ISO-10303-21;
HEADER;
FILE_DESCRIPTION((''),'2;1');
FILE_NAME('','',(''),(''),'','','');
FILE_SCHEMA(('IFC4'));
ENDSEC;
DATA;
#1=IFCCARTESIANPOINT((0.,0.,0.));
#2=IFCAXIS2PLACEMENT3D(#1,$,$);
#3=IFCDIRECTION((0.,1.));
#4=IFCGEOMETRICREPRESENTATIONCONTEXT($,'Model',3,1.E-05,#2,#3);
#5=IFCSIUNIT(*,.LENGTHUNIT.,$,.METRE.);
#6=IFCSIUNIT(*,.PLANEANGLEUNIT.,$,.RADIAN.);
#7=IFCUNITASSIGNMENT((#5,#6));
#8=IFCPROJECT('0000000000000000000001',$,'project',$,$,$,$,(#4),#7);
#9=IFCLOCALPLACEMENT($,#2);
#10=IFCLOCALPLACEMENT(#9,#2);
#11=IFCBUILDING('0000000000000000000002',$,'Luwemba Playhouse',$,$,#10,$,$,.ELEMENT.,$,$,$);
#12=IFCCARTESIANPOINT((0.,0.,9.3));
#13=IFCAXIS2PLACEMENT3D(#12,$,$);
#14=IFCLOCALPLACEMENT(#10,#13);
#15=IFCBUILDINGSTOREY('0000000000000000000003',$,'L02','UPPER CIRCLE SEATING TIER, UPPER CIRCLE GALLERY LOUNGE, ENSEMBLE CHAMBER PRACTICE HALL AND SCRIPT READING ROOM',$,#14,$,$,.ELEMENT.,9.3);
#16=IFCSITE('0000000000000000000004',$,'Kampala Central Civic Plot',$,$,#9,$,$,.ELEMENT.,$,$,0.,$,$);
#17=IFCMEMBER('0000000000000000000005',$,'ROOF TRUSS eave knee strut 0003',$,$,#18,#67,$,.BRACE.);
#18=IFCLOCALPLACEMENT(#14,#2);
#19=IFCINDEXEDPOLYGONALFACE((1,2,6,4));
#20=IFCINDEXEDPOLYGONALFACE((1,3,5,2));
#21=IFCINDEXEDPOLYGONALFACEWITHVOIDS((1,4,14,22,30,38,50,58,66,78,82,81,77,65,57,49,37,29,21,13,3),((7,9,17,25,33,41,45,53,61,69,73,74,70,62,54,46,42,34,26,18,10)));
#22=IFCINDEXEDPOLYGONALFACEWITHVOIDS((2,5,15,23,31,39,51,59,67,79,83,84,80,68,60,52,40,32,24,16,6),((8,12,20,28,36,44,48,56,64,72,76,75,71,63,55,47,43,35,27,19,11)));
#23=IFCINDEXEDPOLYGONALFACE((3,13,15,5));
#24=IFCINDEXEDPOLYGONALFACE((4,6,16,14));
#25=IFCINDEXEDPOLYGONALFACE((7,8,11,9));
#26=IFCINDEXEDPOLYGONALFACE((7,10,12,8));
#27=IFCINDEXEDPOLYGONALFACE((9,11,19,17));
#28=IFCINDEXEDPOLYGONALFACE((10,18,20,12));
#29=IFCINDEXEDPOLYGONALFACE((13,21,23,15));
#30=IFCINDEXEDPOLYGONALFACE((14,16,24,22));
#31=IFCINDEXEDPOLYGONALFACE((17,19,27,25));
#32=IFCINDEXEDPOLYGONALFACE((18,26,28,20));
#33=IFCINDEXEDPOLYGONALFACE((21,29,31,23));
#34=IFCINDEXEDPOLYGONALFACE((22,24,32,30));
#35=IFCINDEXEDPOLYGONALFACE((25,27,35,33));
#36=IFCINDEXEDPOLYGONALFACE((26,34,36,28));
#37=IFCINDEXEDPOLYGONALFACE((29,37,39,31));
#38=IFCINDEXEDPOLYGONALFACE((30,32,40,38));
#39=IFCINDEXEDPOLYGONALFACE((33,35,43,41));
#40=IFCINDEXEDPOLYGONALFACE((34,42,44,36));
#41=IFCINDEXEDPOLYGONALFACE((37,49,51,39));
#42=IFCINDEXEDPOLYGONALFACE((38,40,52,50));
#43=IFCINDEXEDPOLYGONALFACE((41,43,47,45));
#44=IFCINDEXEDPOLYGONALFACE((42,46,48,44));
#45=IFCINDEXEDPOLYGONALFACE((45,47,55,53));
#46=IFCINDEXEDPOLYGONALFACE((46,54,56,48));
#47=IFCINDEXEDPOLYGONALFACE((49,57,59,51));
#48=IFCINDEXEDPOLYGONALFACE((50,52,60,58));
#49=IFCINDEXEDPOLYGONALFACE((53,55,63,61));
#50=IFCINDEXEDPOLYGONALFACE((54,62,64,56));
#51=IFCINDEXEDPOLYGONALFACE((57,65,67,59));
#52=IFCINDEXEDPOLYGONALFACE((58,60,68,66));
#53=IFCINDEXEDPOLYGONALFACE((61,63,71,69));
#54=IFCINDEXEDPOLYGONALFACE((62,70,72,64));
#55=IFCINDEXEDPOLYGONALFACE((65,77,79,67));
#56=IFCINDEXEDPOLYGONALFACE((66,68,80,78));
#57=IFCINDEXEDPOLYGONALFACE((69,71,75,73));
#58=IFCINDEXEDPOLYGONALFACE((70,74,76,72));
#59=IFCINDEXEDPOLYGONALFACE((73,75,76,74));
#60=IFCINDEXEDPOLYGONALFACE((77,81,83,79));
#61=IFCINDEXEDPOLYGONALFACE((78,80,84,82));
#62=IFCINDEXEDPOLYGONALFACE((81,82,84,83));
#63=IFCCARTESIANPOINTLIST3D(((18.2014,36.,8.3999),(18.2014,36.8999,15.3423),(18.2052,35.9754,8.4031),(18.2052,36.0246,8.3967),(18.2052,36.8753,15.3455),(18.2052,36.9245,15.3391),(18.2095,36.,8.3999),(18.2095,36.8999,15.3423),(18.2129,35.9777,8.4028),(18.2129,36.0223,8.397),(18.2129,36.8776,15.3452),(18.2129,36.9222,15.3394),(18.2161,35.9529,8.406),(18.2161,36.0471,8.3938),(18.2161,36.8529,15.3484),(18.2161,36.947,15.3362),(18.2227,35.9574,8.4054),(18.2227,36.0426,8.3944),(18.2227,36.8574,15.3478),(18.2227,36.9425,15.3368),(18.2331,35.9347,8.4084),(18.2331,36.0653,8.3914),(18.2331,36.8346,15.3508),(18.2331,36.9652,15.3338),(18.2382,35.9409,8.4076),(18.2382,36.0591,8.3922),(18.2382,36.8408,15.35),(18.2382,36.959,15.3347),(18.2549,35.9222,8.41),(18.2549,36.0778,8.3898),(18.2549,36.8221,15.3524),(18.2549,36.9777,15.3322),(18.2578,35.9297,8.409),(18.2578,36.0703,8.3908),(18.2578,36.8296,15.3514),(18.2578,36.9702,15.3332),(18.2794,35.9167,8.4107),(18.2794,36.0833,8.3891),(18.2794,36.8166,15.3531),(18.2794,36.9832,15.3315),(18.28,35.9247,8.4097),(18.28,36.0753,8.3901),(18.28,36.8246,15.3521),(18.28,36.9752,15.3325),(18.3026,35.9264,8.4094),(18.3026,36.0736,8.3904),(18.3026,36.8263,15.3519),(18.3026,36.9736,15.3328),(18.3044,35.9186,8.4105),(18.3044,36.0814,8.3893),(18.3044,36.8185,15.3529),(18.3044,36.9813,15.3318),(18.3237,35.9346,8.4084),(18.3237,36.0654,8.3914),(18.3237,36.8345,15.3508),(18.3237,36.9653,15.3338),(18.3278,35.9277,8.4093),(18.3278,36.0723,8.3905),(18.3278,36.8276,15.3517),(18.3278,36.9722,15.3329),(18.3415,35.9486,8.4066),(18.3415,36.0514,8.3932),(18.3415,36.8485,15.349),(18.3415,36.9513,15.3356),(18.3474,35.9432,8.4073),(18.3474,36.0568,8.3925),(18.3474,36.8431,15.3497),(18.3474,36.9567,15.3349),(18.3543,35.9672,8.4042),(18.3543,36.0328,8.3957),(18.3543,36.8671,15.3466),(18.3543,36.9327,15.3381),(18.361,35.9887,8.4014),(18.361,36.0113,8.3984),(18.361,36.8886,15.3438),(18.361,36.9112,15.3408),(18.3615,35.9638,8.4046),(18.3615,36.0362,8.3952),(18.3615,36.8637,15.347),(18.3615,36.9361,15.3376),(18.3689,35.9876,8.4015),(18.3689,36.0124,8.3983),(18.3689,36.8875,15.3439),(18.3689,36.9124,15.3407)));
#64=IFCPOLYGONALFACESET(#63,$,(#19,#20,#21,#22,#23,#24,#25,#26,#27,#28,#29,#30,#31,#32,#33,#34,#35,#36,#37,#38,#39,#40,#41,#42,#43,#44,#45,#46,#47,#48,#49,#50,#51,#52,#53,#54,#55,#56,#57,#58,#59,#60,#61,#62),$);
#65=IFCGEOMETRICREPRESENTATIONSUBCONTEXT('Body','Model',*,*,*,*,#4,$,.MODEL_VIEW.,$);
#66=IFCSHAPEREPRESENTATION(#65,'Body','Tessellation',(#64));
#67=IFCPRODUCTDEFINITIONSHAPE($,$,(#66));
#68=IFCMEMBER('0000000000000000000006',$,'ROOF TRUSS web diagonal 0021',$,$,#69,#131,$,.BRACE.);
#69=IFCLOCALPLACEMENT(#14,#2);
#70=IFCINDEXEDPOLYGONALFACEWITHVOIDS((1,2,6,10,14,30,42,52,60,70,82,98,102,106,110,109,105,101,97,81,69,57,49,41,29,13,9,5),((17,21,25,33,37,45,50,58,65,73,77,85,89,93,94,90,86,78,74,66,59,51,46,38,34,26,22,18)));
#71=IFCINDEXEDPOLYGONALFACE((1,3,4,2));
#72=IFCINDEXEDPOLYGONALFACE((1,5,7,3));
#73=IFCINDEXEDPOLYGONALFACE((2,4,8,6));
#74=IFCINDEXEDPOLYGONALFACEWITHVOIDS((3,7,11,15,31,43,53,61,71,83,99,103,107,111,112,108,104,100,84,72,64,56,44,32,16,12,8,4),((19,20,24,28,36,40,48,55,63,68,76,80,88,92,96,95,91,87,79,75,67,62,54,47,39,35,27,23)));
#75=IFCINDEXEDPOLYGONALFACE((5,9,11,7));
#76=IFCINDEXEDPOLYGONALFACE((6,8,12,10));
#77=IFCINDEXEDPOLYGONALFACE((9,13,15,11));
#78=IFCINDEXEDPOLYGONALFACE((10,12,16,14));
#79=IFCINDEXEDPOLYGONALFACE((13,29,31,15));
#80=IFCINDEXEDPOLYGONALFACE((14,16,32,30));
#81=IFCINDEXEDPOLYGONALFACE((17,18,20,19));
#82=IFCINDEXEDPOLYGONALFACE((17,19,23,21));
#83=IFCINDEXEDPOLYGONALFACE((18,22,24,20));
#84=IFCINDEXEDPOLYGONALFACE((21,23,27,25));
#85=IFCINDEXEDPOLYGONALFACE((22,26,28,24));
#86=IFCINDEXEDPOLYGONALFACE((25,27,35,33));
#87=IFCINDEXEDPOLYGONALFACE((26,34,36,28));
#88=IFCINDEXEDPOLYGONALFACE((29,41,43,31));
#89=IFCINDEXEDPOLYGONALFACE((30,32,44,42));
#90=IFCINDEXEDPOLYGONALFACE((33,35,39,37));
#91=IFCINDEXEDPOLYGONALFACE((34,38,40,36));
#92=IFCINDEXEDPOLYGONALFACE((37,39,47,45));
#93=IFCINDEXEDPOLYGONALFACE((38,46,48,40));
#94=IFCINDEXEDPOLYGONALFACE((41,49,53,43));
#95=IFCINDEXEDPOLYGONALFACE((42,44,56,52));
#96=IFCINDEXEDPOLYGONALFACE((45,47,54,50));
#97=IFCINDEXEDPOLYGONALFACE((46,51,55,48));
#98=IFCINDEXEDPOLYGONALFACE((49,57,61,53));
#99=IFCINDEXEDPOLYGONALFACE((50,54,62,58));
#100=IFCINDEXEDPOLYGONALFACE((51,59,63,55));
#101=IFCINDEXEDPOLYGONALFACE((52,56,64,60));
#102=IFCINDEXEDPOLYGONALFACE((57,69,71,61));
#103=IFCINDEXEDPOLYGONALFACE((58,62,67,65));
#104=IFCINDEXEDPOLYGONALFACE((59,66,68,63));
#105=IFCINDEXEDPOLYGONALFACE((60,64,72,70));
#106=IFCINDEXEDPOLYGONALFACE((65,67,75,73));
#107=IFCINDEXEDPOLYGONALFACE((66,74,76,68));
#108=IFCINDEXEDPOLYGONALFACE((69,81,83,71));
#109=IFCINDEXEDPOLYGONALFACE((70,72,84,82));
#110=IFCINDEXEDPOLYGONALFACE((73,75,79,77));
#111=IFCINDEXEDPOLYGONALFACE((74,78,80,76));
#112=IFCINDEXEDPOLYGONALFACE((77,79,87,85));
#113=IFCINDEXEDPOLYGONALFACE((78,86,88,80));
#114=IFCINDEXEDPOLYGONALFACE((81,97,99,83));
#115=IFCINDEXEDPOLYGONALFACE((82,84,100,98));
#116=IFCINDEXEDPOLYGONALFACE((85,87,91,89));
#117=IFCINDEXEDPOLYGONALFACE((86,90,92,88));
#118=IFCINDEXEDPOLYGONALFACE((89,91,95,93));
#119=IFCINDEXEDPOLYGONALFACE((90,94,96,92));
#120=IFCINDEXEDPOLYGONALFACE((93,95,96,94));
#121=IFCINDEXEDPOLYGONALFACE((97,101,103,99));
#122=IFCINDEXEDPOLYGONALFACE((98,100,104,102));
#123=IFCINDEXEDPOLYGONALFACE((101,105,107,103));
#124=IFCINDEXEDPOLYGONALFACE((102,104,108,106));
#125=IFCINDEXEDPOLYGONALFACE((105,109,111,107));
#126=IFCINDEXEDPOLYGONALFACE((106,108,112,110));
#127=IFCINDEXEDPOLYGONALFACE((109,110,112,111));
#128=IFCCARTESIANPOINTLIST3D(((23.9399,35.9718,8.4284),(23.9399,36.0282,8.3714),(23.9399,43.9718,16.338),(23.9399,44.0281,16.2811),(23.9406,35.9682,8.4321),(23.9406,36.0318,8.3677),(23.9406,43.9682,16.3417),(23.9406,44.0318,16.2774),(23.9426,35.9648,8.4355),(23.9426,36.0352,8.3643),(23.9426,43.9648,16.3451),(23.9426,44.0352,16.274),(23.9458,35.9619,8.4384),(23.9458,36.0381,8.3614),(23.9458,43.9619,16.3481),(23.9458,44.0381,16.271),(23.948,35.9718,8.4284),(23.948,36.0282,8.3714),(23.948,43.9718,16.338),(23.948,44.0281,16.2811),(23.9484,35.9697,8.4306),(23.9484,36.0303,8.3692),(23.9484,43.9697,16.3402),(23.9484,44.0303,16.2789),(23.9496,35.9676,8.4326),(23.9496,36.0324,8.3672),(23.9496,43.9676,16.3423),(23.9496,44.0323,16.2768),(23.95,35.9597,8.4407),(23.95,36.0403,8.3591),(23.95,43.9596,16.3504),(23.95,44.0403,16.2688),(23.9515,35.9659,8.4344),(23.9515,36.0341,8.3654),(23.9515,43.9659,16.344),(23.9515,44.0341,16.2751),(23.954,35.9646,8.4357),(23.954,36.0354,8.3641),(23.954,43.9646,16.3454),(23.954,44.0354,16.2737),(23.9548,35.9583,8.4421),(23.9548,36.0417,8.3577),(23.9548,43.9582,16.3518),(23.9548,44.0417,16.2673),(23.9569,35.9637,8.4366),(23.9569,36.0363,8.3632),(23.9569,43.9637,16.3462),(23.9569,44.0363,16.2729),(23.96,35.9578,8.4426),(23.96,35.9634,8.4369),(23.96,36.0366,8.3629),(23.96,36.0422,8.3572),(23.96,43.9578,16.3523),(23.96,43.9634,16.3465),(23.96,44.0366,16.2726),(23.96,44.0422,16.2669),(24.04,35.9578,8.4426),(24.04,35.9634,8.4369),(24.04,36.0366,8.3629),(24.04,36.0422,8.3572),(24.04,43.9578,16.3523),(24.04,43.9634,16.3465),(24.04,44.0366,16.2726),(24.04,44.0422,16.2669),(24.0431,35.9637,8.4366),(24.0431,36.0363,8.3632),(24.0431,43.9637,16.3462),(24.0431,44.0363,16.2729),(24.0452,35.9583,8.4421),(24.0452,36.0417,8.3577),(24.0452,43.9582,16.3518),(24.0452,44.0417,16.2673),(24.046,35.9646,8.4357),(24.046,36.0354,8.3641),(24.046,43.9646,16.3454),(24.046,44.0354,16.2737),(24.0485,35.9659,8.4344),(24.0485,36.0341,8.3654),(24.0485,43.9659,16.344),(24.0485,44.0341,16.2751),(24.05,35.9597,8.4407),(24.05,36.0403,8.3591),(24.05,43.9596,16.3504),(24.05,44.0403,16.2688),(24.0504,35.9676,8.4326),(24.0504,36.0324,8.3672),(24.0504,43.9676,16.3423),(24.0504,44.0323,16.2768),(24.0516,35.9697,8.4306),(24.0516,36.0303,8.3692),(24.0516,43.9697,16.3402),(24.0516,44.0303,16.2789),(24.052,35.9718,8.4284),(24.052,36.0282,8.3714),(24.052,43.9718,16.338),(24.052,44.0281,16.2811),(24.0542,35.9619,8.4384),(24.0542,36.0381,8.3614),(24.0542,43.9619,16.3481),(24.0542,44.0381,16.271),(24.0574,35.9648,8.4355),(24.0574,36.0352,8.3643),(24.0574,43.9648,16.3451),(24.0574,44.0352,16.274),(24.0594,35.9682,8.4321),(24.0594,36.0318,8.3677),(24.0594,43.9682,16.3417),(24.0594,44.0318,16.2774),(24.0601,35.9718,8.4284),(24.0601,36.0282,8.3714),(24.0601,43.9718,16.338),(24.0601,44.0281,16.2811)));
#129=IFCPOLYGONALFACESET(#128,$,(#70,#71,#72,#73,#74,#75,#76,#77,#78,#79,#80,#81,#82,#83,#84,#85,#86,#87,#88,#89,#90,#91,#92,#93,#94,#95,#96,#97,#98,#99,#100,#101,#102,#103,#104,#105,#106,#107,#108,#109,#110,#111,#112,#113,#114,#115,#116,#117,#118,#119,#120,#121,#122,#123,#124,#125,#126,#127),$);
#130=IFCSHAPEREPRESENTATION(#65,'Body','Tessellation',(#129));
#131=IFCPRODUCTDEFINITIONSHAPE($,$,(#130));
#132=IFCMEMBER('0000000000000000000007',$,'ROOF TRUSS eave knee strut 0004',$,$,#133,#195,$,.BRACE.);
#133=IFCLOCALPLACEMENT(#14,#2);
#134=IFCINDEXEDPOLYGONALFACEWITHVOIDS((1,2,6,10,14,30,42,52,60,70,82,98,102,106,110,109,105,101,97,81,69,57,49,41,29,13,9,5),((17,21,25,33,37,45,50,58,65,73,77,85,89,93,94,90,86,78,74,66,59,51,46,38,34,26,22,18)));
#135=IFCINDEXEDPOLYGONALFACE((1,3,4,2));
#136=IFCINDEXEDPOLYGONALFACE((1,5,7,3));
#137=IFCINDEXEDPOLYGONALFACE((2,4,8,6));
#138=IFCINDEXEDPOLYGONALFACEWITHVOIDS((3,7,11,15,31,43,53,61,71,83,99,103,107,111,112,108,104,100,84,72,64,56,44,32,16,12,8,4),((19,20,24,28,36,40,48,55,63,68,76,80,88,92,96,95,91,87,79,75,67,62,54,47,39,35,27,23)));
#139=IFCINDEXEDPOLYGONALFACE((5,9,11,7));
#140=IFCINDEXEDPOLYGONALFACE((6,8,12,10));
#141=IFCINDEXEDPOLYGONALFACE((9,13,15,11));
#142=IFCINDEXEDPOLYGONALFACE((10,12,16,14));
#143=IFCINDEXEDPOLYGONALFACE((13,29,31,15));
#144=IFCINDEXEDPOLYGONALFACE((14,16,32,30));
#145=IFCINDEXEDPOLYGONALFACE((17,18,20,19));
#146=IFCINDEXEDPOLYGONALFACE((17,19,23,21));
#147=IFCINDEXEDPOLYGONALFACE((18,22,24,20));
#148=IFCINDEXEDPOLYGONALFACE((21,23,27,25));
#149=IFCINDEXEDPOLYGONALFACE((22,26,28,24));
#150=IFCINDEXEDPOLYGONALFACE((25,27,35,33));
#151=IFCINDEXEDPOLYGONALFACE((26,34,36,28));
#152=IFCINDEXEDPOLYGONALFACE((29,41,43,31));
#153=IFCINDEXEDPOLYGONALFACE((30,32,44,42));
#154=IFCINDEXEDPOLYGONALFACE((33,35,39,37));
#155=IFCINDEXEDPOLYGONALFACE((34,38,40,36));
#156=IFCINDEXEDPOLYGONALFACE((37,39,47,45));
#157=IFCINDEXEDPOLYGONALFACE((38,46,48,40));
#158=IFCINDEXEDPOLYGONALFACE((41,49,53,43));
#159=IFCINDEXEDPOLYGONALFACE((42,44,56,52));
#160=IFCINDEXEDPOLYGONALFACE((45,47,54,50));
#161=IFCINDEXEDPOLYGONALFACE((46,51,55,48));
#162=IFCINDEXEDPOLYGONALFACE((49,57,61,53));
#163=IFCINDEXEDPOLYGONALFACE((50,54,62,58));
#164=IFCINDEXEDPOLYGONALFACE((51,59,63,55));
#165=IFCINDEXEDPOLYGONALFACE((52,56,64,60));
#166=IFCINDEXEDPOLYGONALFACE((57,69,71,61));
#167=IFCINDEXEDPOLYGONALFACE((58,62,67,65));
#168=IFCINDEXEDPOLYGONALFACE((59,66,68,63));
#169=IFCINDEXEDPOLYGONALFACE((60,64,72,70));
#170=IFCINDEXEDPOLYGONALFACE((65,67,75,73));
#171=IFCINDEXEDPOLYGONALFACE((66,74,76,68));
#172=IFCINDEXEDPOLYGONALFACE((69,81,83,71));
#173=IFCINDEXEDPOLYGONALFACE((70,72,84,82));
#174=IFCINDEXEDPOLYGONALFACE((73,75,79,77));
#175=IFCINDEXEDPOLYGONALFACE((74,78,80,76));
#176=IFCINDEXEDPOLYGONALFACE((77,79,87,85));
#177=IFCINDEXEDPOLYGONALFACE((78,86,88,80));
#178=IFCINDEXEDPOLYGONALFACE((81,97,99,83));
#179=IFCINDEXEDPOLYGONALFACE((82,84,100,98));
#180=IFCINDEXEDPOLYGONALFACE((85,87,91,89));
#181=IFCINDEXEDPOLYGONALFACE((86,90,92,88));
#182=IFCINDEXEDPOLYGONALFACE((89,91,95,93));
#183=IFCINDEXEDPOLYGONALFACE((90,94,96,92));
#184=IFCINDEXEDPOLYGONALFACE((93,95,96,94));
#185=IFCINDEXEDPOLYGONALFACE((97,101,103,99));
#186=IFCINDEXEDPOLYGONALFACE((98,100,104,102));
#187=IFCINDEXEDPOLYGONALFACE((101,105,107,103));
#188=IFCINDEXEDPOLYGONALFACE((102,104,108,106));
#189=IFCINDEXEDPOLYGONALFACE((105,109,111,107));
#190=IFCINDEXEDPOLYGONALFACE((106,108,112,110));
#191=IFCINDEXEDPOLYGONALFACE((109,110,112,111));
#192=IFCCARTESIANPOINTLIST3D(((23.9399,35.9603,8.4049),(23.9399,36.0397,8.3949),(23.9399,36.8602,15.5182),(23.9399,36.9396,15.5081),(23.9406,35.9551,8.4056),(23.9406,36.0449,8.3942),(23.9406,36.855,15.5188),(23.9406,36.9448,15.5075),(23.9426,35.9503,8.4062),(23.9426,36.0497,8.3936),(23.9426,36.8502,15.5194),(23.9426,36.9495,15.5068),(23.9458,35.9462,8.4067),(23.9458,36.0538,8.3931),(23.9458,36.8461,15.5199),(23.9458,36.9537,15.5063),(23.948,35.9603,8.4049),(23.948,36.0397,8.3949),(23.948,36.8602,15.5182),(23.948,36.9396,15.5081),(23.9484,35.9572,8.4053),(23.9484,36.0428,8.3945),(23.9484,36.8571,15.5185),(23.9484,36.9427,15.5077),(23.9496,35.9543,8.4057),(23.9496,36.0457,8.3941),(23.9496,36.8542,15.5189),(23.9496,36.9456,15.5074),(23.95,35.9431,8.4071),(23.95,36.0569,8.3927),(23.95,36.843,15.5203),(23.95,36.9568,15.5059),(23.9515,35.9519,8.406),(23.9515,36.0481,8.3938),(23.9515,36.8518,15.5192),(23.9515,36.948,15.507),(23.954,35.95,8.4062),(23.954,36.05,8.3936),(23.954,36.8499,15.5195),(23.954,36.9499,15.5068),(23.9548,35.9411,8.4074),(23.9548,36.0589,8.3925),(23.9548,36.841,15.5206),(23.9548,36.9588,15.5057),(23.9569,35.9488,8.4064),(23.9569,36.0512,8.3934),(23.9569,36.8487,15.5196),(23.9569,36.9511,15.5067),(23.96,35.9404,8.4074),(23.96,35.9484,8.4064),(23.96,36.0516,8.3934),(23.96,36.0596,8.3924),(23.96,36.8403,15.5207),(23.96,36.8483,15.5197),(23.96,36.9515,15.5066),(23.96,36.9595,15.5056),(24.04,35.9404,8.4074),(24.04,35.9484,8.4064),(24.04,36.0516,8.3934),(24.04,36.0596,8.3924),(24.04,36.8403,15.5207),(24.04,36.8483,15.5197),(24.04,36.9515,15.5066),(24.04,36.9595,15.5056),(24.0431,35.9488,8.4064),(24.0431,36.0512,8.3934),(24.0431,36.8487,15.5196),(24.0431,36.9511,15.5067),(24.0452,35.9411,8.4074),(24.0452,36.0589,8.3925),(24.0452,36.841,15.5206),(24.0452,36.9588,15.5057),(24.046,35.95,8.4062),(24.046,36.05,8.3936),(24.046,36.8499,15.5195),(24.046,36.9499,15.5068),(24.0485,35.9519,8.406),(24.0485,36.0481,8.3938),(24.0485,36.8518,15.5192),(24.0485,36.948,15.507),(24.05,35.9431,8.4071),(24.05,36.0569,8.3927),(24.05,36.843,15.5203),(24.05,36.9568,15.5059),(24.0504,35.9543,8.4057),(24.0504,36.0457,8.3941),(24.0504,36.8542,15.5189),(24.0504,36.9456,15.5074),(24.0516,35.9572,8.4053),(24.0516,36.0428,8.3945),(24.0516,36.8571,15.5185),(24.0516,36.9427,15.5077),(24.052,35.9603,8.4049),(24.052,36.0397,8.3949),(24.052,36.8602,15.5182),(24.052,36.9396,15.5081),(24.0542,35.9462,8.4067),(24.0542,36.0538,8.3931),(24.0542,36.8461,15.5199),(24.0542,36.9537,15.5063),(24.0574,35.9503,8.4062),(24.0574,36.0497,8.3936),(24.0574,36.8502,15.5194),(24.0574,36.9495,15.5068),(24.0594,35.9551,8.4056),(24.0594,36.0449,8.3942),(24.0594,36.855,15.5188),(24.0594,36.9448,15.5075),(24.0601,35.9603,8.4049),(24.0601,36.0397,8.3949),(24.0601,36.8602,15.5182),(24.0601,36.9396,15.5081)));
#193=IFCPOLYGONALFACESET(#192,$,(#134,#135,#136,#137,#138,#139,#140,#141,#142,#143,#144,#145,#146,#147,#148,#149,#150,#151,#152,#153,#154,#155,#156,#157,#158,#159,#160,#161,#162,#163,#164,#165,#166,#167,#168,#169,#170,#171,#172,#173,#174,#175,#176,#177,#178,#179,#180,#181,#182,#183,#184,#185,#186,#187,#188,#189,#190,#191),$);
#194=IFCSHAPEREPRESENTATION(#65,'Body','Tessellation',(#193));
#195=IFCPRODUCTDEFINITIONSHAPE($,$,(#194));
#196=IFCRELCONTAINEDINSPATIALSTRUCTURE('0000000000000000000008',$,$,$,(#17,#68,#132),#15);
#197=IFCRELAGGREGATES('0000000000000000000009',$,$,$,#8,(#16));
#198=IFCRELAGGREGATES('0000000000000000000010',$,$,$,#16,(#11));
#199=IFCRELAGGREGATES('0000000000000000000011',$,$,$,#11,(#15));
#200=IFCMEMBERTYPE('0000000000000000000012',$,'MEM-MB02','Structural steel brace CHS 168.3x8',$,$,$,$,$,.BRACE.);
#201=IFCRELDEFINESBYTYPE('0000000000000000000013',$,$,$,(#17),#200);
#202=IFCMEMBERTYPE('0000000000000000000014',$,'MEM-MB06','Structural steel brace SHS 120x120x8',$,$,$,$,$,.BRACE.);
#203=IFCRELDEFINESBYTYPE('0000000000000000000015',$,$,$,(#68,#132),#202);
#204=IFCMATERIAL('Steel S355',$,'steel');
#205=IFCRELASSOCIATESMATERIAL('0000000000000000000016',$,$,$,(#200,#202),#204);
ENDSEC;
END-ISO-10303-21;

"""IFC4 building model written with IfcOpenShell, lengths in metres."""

from ifc_helpers import new_model, si_unit, direction, frame, origin, origin_2d, place, context, subcontext, project, spatial, hollow_rectangle, hollow_circle, extrude, material, material_profile, profile_set, type_object, element, save


model = new_model("IFC4")

# Units and contexts
model_context = context("Model", 3, precision=1e-05, world=origin(), true_north=direction((0.0, 1.0)))
body_context = subcontext(model_context, "Body", "Model", "MODEL_VIEW")
ifc_project = project(units=[si_unit("LENGTHUNIT", "METRE"), si_unit("PLANEANGLEUNIT", "RADIAN")], contexts=[model_context])

# Site, building, storey
site_placement = place(None, origin())
site = spatial("IfcSite", under=ifc_project, at=site_placement, Name="Kampala Central Civic Plot", CompositionType="ELEMENT", RefElevation=0.0)
building_placement = place(site_placement, origin())
building = spatial("IfcBuilding", under=site, at=building_placement, Name="Luwemba Playhouse", CompositionType="ELEMENT")
storey_placement = place(building_placement, frame((0.0, 0.0, 9.3)))
storey = spatial("IfcBuildingStorey", under=building, at=storey_placement, Name="L02", Description="UPPER CIRCLE SEATING TIER, UPPER CIRCLE GALLERY LOUNGE, ENSEMBLE CHAMBER PRACTICE HALL AND SCRIPT READING ROOM", CompositionType="ELEMENT", Elevation=9.3)

# Shared definitions
ifc_material_1 = material(Name="Steel S355", Category="steel")

# Members
ifc_material_profile_1 = material_profile(ifc_material_1, hollow_circle(Radius=0.0842, WallThickness=0.0081, at=origin_2d()))
ifc_profile_set_1 = profile_set([ifc_material_profile_1], Name="Steel S355")
member_type_1 = type_object("IfcMemberType", Name="MEM-MB02", Description="Structural steel brace CHS 168.3x8", PredefinedType="BRACE", material=ifc_profile_set_1)
member_1_placement = place(storey_placement, frame((18.2856, 36.0, 8.3999), z_axis=(0.0, 0.128549, 0.991703), x_axis=(-1.0, 0.0, 0.0)))
element("IfcMember", 1, at=member_1_placement, inside=storey, type_object=member_type_1, Name="ROOF TRUSS eave knee strut 0003", PredefinedType="BRACE", context=body_context, shape_type="SweptSolid", body=[
    extrude(hollow_circle(Radius=0.0842, WallThickness=0.0081, at=origin_2d()), origin(), (0.0, 0.0, 1.0), 7.0005),
])
ifc_material_profile_2 = material_profile(ifc_material_1, hollow_rectangle(XDim=0.1201, YDim=0.1201, WallThickness=0.0081, InnerFilletRadius=0.012, OuterFilletRadius=0.02, at=origin_2d()))
ifc_profile_set_2 = profile_set([ifc_material_profile_2], Name="Steel S355")
member_type_2 = type_object("IfcMemberType", Name="MEM-MB06", Description="Structural steel brace SHS 120x120x8", PredefinedType="BRACE", material=ifc_profile_set_2)
member_2_placement = place(storey_placement, frame((24.0, 36.0, 8.3999), z_axis=(0.0, 0.71111, 0.703081), x_axis=(-1.0, 0.0, 0.0)))
element("IfcMember", 2, at=member_2_placement, inside=storey, type_object=member_type_2, Name="ROOF TRUSS web diagonal 0021", PredefinedType="BRACE", context=body_context, shape_type="SweptSolid", body=[
    extrude(hollow_rectangle(XDim=0.1201, YDim=0.1201, WallThickness=0.0081, InnerFilletRadius=0.012, OuterFilletRadius=0.02, at=origin_2d()), origin(), (0.0, 0.0, 1.0), 11.25),
])
member_3_placement = place(storey_placement, frame((24.0, 36.0, 8.3999), z_axis=(0.0, 0.12551, 0.992092), x_axis=(-1.0, 0.0, 0.0)))
element("IfcMember", 3, at=member_3_placement, inside=storey, type_object=member_type_2, Name="ROOF TRUSS eave knee strut 0004", PredefinedType="BRACE", context=body_context, shape_type="SweptSolid", body=[
    extrude(hollow_rectangle(XDim=0.1201, YDim=0.1201, WallThickness=0.0081, InnerFilletRadius=0.012, OuterFilletRadius=0.02, at=origin_2d()), origin(), (0.0, 0.0, 1.0), 7.1699),
])

save(model, "model.ifc")
